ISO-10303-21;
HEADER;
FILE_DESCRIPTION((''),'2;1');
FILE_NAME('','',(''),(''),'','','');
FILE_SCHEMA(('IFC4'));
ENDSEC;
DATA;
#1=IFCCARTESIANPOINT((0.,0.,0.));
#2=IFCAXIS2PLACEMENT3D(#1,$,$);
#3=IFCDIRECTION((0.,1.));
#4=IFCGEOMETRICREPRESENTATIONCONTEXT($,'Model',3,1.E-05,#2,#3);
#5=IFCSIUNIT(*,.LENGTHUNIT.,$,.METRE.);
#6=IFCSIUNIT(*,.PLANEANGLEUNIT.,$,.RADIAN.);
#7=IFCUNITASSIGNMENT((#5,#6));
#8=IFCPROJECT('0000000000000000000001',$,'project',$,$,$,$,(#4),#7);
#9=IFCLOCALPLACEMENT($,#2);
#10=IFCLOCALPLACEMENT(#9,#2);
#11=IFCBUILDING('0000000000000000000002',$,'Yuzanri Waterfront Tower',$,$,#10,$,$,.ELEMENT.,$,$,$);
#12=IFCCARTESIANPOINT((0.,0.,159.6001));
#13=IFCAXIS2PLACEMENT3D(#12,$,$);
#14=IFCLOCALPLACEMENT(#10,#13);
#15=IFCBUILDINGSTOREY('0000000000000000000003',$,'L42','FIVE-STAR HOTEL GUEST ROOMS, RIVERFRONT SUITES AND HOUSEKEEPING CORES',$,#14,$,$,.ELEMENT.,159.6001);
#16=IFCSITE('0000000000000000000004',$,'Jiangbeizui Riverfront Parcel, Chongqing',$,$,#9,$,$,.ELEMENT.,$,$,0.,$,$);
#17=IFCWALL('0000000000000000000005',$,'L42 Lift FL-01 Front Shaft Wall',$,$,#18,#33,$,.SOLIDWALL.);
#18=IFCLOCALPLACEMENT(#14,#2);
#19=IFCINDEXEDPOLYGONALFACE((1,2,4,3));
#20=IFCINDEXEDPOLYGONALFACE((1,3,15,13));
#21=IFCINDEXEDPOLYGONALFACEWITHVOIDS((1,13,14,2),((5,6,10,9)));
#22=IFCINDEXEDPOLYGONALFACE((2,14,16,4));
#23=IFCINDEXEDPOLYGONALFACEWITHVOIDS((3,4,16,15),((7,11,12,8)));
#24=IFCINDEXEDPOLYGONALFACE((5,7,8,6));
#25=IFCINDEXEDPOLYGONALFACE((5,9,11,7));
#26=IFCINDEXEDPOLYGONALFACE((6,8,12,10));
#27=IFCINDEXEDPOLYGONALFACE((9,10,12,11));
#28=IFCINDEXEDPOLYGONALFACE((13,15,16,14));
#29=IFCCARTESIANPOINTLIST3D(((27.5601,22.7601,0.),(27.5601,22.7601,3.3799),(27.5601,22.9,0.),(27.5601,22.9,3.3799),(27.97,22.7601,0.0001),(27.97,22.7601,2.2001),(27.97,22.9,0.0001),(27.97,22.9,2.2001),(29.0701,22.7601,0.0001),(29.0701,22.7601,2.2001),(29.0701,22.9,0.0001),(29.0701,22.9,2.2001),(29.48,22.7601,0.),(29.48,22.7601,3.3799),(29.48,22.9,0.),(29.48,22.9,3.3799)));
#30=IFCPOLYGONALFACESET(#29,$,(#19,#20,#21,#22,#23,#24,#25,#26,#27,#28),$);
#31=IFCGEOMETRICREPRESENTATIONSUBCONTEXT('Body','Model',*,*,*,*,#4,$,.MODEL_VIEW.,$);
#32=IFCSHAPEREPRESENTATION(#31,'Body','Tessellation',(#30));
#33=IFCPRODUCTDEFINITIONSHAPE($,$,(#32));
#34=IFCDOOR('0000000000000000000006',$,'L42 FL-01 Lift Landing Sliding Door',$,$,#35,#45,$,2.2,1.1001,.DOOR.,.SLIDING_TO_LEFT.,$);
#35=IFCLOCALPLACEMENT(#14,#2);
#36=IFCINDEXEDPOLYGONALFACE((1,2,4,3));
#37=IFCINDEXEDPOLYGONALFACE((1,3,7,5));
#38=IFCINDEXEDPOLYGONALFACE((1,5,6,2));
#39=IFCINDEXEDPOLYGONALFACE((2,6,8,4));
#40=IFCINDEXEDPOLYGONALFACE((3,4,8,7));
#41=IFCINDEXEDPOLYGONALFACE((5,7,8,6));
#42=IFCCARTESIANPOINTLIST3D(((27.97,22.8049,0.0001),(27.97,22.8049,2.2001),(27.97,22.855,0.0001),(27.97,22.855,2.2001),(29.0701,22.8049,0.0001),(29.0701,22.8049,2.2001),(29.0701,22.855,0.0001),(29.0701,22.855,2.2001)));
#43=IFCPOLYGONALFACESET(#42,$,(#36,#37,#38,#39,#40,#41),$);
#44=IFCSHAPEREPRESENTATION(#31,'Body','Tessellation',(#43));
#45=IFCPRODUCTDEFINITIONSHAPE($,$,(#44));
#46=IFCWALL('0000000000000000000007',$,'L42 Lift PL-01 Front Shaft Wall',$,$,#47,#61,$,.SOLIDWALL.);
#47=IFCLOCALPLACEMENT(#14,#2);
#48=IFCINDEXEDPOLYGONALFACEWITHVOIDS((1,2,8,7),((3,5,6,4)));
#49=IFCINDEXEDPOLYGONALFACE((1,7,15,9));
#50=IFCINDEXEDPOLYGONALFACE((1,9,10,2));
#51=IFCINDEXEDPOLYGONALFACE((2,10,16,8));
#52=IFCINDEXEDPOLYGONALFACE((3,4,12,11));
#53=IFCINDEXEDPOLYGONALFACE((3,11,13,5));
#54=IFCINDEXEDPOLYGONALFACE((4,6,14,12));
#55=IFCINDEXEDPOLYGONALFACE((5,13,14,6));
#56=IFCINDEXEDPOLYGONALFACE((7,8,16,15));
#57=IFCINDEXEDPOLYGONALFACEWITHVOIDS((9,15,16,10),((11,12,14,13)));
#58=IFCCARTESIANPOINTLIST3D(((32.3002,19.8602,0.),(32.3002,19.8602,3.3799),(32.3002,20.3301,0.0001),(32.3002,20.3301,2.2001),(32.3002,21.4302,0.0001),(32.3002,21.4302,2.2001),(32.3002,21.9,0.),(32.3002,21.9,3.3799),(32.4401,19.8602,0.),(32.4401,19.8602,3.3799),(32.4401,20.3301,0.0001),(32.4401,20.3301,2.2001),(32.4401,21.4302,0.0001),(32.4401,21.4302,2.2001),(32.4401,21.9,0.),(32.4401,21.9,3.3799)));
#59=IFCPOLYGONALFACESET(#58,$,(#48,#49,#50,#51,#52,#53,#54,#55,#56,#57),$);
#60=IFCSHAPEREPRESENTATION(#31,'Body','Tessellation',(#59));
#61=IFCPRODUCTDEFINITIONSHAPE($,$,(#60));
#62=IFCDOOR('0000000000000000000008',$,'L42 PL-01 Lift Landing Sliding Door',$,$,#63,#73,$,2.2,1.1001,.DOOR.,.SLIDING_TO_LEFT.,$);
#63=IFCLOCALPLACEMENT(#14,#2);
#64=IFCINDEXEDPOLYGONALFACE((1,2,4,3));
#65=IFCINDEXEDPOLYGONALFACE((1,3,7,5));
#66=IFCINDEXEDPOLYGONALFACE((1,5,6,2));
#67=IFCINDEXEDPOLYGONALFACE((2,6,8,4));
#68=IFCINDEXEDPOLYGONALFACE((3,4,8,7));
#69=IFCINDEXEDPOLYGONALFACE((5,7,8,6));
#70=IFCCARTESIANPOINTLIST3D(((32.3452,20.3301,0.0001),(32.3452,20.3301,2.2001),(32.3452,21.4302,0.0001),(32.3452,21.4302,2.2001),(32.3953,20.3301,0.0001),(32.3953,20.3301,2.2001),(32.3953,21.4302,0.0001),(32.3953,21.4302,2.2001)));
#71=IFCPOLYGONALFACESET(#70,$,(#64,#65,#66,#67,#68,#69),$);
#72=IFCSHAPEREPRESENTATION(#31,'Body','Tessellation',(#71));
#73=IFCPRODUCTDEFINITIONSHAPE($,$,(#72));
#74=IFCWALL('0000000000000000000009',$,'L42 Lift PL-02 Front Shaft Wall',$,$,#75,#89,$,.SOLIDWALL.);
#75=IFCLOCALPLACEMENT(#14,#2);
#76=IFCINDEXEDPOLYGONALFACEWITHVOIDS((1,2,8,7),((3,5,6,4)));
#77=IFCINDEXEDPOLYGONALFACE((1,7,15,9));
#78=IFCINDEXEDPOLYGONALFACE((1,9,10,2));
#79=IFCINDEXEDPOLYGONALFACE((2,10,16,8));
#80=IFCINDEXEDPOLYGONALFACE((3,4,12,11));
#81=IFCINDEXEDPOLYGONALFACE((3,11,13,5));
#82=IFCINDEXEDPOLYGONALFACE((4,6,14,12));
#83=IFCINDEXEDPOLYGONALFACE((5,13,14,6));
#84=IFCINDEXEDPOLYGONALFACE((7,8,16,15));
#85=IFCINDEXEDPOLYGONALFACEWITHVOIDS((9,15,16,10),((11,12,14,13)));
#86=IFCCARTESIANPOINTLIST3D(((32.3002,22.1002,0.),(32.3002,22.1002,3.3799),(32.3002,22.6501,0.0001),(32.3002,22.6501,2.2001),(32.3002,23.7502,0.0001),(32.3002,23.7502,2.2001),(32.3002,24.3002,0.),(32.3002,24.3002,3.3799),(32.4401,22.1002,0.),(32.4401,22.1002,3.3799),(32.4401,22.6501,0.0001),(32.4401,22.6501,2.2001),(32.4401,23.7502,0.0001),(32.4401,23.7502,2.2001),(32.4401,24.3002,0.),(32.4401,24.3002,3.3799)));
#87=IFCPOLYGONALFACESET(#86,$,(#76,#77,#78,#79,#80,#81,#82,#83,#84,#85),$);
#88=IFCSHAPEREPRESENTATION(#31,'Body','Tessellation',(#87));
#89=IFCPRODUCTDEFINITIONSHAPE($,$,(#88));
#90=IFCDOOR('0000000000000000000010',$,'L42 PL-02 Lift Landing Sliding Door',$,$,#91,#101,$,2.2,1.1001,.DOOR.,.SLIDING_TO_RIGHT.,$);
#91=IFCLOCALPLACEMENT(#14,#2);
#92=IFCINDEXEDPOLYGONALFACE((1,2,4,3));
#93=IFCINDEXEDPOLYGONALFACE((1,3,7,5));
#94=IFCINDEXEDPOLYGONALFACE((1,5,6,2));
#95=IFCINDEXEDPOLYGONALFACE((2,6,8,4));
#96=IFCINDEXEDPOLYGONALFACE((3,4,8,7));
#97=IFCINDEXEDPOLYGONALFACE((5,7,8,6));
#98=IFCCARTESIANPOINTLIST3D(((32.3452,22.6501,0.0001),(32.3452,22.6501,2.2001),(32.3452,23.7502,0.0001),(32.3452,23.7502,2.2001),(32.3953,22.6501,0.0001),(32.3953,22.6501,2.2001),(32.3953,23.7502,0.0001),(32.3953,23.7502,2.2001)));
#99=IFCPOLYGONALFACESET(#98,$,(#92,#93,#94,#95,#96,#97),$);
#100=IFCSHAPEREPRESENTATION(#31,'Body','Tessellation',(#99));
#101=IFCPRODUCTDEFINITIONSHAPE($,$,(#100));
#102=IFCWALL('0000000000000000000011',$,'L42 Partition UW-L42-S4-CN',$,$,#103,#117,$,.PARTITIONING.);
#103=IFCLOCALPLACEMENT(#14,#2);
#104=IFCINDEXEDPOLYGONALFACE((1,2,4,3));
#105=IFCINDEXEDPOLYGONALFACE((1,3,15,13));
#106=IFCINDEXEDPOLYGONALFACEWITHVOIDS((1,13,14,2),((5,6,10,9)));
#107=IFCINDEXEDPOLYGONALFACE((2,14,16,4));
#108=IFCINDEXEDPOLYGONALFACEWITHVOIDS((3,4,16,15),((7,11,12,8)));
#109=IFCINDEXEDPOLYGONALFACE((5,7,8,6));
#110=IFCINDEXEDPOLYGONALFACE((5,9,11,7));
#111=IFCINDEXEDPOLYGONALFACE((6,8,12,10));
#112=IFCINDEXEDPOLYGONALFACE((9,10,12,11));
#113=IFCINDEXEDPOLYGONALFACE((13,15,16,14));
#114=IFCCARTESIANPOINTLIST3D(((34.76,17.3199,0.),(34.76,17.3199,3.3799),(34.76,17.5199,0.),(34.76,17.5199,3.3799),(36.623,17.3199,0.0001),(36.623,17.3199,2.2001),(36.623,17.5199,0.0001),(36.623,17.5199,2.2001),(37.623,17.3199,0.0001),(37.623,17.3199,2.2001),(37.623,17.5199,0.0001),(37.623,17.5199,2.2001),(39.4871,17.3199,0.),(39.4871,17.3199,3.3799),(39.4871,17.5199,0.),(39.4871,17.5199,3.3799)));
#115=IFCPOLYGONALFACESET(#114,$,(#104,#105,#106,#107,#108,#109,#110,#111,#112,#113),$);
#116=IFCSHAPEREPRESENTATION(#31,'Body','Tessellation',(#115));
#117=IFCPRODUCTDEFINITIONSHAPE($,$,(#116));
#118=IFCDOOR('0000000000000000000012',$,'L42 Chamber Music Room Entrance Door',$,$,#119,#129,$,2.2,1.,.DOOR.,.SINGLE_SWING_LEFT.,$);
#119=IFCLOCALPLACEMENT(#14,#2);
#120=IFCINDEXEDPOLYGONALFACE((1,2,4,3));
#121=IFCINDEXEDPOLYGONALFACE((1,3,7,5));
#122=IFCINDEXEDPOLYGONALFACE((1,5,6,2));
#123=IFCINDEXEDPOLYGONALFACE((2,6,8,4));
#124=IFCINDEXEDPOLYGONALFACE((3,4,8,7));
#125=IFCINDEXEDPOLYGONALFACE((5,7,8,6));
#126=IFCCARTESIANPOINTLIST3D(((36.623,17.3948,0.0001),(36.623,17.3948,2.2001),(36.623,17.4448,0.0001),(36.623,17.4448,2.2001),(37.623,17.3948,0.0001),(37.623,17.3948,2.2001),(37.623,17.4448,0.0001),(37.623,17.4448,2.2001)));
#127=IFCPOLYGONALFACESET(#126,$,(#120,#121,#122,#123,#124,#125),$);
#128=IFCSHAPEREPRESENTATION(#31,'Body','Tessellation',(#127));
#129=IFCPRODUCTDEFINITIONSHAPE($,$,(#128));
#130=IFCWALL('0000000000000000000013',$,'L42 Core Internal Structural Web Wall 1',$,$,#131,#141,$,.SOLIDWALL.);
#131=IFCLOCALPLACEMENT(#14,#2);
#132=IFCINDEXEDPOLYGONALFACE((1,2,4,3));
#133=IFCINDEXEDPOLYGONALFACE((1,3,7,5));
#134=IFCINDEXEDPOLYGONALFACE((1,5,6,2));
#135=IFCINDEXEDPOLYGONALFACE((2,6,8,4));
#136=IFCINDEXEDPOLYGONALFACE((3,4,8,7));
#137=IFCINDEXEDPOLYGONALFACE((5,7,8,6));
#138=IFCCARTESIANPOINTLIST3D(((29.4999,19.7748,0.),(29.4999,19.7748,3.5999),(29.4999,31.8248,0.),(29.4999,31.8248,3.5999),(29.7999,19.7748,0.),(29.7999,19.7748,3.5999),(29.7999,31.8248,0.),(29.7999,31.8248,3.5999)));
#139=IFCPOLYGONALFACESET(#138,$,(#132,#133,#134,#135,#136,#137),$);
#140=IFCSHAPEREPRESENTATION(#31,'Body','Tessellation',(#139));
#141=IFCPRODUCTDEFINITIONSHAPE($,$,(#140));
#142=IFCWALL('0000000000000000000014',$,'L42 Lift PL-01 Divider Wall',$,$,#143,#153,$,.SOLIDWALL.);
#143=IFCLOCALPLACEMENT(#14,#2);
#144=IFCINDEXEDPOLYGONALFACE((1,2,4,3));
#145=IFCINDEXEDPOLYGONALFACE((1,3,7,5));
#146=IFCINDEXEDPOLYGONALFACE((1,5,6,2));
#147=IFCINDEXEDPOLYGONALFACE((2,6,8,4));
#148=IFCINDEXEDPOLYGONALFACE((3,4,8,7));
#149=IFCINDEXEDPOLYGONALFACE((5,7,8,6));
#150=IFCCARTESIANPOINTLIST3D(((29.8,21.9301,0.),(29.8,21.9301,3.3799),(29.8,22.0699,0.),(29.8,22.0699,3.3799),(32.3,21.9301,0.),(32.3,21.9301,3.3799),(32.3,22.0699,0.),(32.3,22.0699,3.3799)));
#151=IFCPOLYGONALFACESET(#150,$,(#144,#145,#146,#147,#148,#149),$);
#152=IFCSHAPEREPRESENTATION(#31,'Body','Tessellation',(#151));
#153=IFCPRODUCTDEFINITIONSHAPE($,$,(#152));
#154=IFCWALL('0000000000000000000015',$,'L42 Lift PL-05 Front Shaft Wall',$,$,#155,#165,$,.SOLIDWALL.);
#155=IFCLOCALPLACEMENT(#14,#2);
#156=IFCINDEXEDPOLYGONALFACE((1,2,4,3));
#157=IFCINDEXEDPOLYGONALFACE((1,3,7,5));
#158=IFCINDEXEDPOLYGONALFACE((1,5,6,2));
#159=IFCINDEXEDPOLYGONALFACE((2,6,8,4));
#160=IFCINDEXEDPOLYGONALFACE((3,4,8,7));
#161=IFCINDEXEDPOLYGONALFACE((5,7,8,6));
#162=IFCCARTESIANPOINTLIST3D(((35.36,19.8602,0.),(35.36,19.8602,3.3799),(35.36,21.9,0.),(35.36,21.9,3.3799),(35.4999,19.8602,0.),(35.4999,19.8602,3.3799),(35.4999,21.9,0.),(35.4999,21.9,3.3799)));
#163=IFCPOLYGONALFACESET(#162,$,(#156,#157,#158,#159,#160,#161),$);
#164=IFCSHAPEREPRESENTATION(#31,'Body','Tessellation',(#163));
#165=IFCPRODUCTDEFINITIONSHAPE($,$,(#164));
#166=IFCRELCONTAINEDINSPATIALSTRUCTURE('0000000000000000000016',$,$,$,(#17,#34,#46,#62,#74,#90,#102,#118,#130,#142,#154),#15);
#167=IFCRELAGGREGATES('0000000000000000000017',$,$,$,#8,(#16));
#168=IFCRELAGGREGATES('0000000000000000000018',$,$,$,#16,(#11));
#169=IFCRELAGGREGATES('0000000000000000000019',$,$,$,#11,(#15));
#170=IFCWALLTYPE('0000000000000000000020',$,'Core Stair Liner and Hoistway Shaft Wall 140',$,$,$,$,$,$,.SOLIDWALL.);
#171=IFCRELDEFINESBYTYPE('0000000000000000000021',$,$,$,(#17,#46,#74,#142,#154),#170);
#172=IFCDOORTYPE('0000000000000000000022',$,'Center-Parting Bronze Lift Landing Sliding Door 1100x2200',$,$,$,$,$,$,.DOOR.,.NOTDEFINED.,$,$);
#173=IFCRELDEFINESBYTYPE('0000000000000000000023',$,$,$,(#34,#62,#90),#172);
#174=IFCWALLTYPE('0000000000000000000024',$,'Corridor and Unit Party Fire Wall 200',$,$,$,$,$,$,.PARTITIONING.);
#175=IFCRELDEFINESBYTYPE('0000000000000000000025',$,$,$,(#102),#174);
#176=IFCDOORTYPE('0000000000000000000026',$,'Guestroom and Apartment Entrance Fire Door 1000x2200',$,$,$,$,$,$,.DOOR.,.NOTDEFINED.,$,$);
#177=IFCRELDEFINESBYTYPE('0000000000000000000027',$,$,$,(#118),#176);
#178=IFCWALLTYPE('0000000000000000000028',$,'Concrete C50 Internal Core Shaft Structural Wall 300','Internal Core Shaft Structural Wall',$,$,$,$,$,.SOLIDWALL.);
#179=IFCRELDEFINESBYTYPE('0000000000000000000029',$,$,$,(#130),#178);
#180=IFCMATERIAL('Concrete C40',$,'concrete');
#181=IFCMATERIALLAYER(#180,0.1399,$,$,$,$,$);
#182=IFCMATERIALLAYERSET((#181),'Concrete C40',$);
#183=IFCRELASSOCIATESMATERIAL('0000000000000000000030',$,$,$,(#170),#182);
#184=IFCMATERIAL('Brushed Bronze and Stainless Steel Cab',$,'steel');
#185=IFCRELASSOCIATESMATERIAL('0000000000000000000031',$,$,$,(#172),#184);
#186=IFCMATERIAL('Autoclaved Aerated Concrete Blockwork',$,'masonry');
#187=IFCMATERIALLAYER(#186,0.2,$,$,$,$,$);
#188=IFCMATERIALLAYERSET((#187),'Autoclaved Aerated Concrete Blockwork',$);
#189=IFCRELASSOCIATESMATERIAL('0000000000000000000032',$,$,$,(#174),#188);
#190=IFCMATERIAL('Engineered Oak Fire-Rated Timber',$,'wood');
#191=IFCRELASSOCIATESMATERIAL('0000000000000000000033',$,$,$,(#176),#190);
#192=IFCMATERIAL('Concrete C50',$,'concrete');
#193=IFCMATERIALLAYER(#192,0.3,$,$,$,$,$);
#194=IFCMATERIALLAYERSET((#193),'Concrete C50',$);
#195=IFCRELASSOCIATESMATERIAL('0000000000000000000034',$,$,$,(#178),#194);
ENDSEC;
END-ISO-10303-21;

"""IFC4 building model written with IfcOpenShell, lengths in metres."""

from ifc_helpers import new_model, si_unit, direction, frame, frame_2d, origin, place, context, subcontext, project, spatial, rectangle, extrude, source, transform, mapped, material, layer, layer_set, type_object, element, fill, save


model = new_model("IFC4")

# Units and contexts
model_context = context("Model", 3, precision=1e-05, world=origin(), true_north=direction((0.0, 1.0)))
body_context = subcontext(model_context, "Body", "Model", "MODEL_VIEW")
ifc_project = project(units=[si_unit("LENGTHUNIT", "METRE"), si_unit("PLANEANGLEUNIT", "RADIAN")], contexts=[model_context])

# Site, building, storey
site_placement = place(None, origin())
site = spatial("IfcSite", under=ifc_project, at=site_placement, Name="Jiangbeizui Riverfront Parcel, Chongqing", CompositionType="ELEMENT", RefElevation=0.0)
building_placement = place(site_placement, origin())
building = spatial("IfcBuilding", under=site, at=building_placement, Name="Yuzanri Waterfront Tower", CompositionType="ELEMENT")
storey_placement = place(building_placement, frame((0.0, 0.0, 159.6001)))
storey = spatial("IfcBuildingStorey", under=building, at=storey_placement, Name="L42", Description="FIVE-STAR HOTEL GUEST ROOMS, RIVERFRONT SUITES AND HOUSEKEEPING CORES", CompositionType="ELEMENT", Elevation=159.6001)

# Walls, openings, doors
ifc_material_1 = material(Name="Concrete C40", Category="concrete")
ifc_layer_1 = layer(ifc_material_1, 0.1399)
ifc_layer_set_1 = layer_set([ifc_layer_1], Name="Concrete C40")
wall_type_1 = type_object("IfcWallType", Name="Core Stair Liner and Hoistway Shaft Wall 140", PredefinedType="SOLIDWALL", material=ifc_layer_set_1)
wall_1_placement = place(storey_placement, frame((27.5601, 22.8301, 0.0), z_axis=(0.0, 0.0, 1.0), x_axis=(1.0, 0.0, 0.0)))
wall_1 = element("IfcWall", 1, at=wall_1_placement, inside=storey, type_object=wall_type_1, Name="L42 Lift FL-01 Front Shaft Wall", PredefinedType="SOLIDWALL", context=body_context, shape_type="SweptSolid", body=[
    extrude(rectangle(XDim=1.9199, YDim=0.1399, at=frame_2d((0.96, 0.0))), origin(), (0.0, 0.0, 1.0), 3.3799),
])
opening_1_placement = place(wall_1_placement, frame((0.4099, 0.0, 0.0)))
opening_1 = element("IfcOpeningElement", 2, at=opening_1_placement, cuts=wall_1, PredefinedType="OPENING", context=body_context, shape_type="SweptSolid", body=[
    extrude(rectangle(XDim=1.1001, YDim=2.2, at=frame_2d((0.55, 1.1001))), frame((0.0, 0.085, 0.0), z_axis=(0.0, -1.0, 0.0), x_axis=(1.0, 0.0, 0.0)), (0.0, 0.0, 1.0), 0.1697),
])
ifc_material_2 = material(Name="Brushed Bronze and Stainless Steel Cab", Category="steel")
door_type_1 = type_object("IfcDoorType", Name="Center-Parting Bronze Lift Landing Sliding Door 1100x2200", OperationType="NOTDEFINED", PredefinedType="DOOR", material=ifc_material_2)
shared_shape_1 = source(origin(), body_context, "Body", "SweptSolid", [
    extrude(rectangle(XDim=1.1001, YDim=2.2, at=frame_2d((0.55, 1.1001))), frame((0.0, 0.0249, 0.0), z_axis=(0.0, -1.0, 0.0), x_axis=(1.0, 0.0, 0.0)), (0.0, 0.0, 1.0), 0.05),
])
door_1_placement = place(opening_1_placement, origin())
door_1 = element("IfcDoor", 3, at=door_1_placement, inside=storey, type_object=door_type_1, Name="L42 FL-01 Lift Landing Sliding Door", OperationType="SLIDING_TO_LEFT", OverallHeight=2.2, OverallWidth=1.1001, PredefinedType="DOOR", context=body_context, shape_type="MappedRepresentation", body=[
    mapped(shared_shape_1, transform((0.0, 0.0, 0.0), scale=1.0)),
])
fill(opening_1, door_1)
wall_2_placement = place(storey_placement, frame((32.3701, 19.8601, 0.0), z_axis=(0.0, 0.0, 1.0), x_axis=(0.0, 1.0, 0.0)))
wall_2 = element("IfcWall", 4, at=wall_2_placement, inside=storey, type_object=wall_type_1, Name="L42 Lift PL-01 Front Shaft Wall", PredefinedType="SOLIDWALL", context=body_context, shape_type="SweptSolid", body=[
    extrude(rectangle(XDim=2.0398, YDim=0.1399, at=frame_2d((1.02, 0.0))), origin(), (0.0, 0.0, 1.0), 3.3799),
])
opening_2_placement = place(wall_2_placement, frame((0.47, 0.0, 0.0)))
opening_2 = element("IfcOpeningElement", 5, at=opening_2_placement, cuts=wall_2, PredefinedType="OPENING", context=body_context, shape_type="SweptSolid", body=[
    extrude(rectangle(XDim=1.1001, YDim=2.2, at=frame_2d((0.55, 1.1001))), frame((0.0, 0.085, 0.0), z_axis=(0.0, -1.0, 0.0), x_axis=(1.0, 0.0, 0.0)), (0.0, 0.0, 1.0), 0.1697),
])
door_2_placement = place(opening_2_placement, origin())
door_2 = element("IfcDoor", 6, at=door_2_placement, inside=storey, type_object=door_type_1, Name="L42 PL-01 Lift Landing Sliding Door", OperationType="SLIDING_TO_LEFT", OverallHeight=2.2, OverallWidth=1.1001, PredefinedType="DOOR", context=body_context, shape_type="MappedRepresentation", body=[
    mapped(shared_shape_1, transform((0.0, 0.0, 0.0), scale=1.0)),
])
fill(opening_2, door_2)
wall_3_placement = place(storey_placement, frame((32.3701, 22.1001, 0.0), z_axis=(0.0, 0.0, 1.0), x_axis=(0.0, 1.0, 0.0)))
wall_3 = element("IfcWall", 7, at=wall_3_placement, inside=storey, type_object=wall_type_1, Name="L42 Lift PL-02 Front Shaft Wall", PredefinedType="SOLIDWALL", context=body_context, shape_type="SweptSolid", body=[
    extrude(rectangle(XDim=2.2, YDim=0.1399, at=frame_2d((1.1001, 0.0))), origin(), (0.0, 0.0, 1.0), 3.3799),
])
opening_3_placement = place(wall_3_placement, frame((0.55, 0.0, 0.0)))
opening_3 = element("IfcOpeningElement", 8, at=opening_3_placement, cuts=wall_3, PredefinedType="OPENING", context=body_context, shape_type="SweptSolid", body=[
    extrude(rectangle(XDim=1.1001, YDim=2.2, at=frame_2d((0.55, 1.1001))), frame((0.0, 0.085, 0.0), z_axis=(0.0, -1.0, 0.0), x_axis=(1.0, 0.0, 0.0)), (0.0, 0.0, 1.0), 0.1697),
])
door_3_placement = place(opening_3_placement, origin())
door_3 = element("IfcDoor", 9, at=door_3_placement, inside=storey, type_object=door_type_1, Name="L42 PL-02 Lift Landing Sliding Door", OperationType="SLIDING_TO_RIGHT", OverallHeight=2.2, OverallWidth=1.1001, PredefinedType="DOOR", context=body_context, shape_type="MappedRepresentation", body=[
    mapped(shared_shape_1, transform((0.0, 0.0, 0.0), scale=1.0)),
])
fill(opening_3, door_3)
ifc_material_3 = material(Name="Autoclaved Aerated Concrete Blockwork", Category="masonry")
ifc_layer_2 = layer(ifc_material_3, 0.2)
ifc_layer_set_2 = layer_set([ifc_layer_2], Name="Autoclaved Aerated Concrete Blockwork")
wall_type_2 = type_object("IfcWallType", Name="Corridor and Unit Party Fire Wall 200", PredefinedType="PARTITIONING", material=ifc_layer_set_2)
wall_4_placement = place(storey_placement, frame((34.76, 17.4199, 0.0), z_axis=(0.0, 0.0, 1.0), x_axis=(1.0, 0.0, 0.0)))
wall_4 = element("IfcWall", 10, at=wall_4_placement, inside=storey, type_object=wall_type_2, Name="L42 Partition UW-L42-S4-CN", PredefinedType="PARTITIONING", context=body_context, shape_type="SweptSolid", body=[
    extrude(rectangle(XDim=4.7271, YDim=0.2, at=frame_2d((2.3635, 0.0))), origin(), (0.0, 0.0, 1.0), 3.3799),
])
opening_4_placement = place(wall_4_placement, frame((1.863, 0.0, 0.0)))
opening_4 = element("IfcOpeningElement", 11, at=opening_4_placement, cuts=wall_4, PredefinedType="OPENING", context=body_context, shape_type="SweptSolid", body=[
    extrude(rectangle(XDim=1.0, YDim=2.2, at=frame_2d((0.5, 1.1001))), frame((0.0, 0.1147, 0.0), z_axis=(0.0, -1.0, 0.0), x_axis=(1.0, 0.0, 0.0)), (0.0, 0.0, 1.0), 0.2297),
])
ifc_material_4 = material(Name="Engineered Oak Fire-Rated Timber", Category="wood")
door_type_2 = type_object("IfcDoorType", Name="Guestroom and Apartment Entrance Fire Door 1000x2200", OperationType="NOTDEFINED", PredefinedType="DOOR", material=ifc_material_4)
shared_shape_2 = source(origin(), body_context, "Body", "SweptSolid", [
    extrude(rectangle(XDim=1.0, YDim=2.2, at=frame_2d((0.5, 1.1001))), frame((0.0, 0.0249, 0.0), z_axis=(0.0, -1.0, 0.0), x_axis=(1.0, 0.0, 0.0)), (0.0, 0.0, 1.0), 0.05),
])
door_4_placement = place(opening_4_placement, origin())
door_4 = element("IfcDoor", 12, at=door_4_placement, inside=storey, type_object=door_type_2, Name="L42 Chamber Music Room Entrance Door", OperationType="SINGLE_SWING_LEFT", OverallHeight=2.2, OverallWidth=1.0, PredefinedType="DOOR", context=body_context, shape_type="MappedRepresentation", body=[
    mapped(shared_shape_2, transform((0.0, 0.0, 0.0), scale=1.0)),
])
fill(opening_4, door_4)

# Walls
ifc_material_5 = material(Name="Concrete C50", Category="concrete")
ifc_layer_3 = layer(ifc_material_5, 0.3)
ifc_layer_set_3 = layer_set([ifc_layer_3], Name="Concrete C50")
wall_type_3 = type_object("IfcWallType", Name="Concrete C50 Internal Core Shaft Structural Wall 300", Description="Internal Core Shaft Structural Wall", PredefinedType="SOLIDWALL", material=ifc_layer_set_3)
shared_shape_3 = source(origin(), body_context, "Body", "SweptSolid", [
    extrude(rectangle(XDim=12.05, YDim=0.3, at=frame_2d((6.0249, 0.0))), origin(), (0.0, 0.0, 1.0), 3.5999),
])
wall_5_placement = place(storey_placement, frame((29.6499, 19.7749, 0.0), z_axis=(0.0, 0.0, 1.0), x_axis=(0.0, 1.0, 0.0)))
element("IfcWall", 13, at=wall_5_placement, inside=storey, type_object=wall_type_3, Name="L42 Core Internal Structural Web Wall 1", PredefinedType="SOLIDWALL", context=body_context, shape_type="MappedRepresentation", body=[
    mapped(shared_shape_3, transform((0.0, 0.0, 0.0), scale=1.0)),
])
shared_shape_4 = source(origin(), body_context, "Body", "SweptSolid", [
    extrude(rectangle(XDim=2.5, YDim=0.1399, at=frame_2d((1.25, 0.0))), origin(), (0.0, 0.0, 1.0), 3.3799),
])
wall_6_placement = place(storey_placement, frame((29.8, 22.0, 0.0), z_axis=(0.0, 0.0, 1.0), x_axis=(1.0, 0.0, 0.0)))
element("IfcWall", 14, at=wall_6_placement, inside=storey, type_object=wall_type_1, Name="L42 Lift PL-01 Divider Wall", PredefinedType="SOLIDWALL", context=body_context, shape_type="MappedRepresentation", body=[
    mapped(shared_shape_4, transform((0.0, 0.0, 0.0), scale=1.0)),
])
shared_shape_5 = source(origin(), body_context, "Body", "SweptSolid", [
    extrude(rectangle(XDim=2.0398, YDim=0.1399, at=frame_2d((1.02, 0.0))), origin(), (0.0, 0.0, 1.0), 3.3799),
])
wall_7_placement = place(storey_placement, frame((35.4299, 19.8601, 0.0), z_axis=(0.0, 0.0, 1.0), x_axis=(0.0, 1.0, 0.0)))
element("IfcWall", 15, at=wall_7_placement, inside=storey, type_object=wall_type_1, Name="L42 Lift PL-05 Front Shaft Wall", PredefinedType="SOLIDWALL", context=body_context, shape_type="MappedRepresentation", body=[
    mapped(shared_shape_5, transform((0.0, 0.0, 0.0), scale=1.0)),
])

save(model, "model.ifc")
